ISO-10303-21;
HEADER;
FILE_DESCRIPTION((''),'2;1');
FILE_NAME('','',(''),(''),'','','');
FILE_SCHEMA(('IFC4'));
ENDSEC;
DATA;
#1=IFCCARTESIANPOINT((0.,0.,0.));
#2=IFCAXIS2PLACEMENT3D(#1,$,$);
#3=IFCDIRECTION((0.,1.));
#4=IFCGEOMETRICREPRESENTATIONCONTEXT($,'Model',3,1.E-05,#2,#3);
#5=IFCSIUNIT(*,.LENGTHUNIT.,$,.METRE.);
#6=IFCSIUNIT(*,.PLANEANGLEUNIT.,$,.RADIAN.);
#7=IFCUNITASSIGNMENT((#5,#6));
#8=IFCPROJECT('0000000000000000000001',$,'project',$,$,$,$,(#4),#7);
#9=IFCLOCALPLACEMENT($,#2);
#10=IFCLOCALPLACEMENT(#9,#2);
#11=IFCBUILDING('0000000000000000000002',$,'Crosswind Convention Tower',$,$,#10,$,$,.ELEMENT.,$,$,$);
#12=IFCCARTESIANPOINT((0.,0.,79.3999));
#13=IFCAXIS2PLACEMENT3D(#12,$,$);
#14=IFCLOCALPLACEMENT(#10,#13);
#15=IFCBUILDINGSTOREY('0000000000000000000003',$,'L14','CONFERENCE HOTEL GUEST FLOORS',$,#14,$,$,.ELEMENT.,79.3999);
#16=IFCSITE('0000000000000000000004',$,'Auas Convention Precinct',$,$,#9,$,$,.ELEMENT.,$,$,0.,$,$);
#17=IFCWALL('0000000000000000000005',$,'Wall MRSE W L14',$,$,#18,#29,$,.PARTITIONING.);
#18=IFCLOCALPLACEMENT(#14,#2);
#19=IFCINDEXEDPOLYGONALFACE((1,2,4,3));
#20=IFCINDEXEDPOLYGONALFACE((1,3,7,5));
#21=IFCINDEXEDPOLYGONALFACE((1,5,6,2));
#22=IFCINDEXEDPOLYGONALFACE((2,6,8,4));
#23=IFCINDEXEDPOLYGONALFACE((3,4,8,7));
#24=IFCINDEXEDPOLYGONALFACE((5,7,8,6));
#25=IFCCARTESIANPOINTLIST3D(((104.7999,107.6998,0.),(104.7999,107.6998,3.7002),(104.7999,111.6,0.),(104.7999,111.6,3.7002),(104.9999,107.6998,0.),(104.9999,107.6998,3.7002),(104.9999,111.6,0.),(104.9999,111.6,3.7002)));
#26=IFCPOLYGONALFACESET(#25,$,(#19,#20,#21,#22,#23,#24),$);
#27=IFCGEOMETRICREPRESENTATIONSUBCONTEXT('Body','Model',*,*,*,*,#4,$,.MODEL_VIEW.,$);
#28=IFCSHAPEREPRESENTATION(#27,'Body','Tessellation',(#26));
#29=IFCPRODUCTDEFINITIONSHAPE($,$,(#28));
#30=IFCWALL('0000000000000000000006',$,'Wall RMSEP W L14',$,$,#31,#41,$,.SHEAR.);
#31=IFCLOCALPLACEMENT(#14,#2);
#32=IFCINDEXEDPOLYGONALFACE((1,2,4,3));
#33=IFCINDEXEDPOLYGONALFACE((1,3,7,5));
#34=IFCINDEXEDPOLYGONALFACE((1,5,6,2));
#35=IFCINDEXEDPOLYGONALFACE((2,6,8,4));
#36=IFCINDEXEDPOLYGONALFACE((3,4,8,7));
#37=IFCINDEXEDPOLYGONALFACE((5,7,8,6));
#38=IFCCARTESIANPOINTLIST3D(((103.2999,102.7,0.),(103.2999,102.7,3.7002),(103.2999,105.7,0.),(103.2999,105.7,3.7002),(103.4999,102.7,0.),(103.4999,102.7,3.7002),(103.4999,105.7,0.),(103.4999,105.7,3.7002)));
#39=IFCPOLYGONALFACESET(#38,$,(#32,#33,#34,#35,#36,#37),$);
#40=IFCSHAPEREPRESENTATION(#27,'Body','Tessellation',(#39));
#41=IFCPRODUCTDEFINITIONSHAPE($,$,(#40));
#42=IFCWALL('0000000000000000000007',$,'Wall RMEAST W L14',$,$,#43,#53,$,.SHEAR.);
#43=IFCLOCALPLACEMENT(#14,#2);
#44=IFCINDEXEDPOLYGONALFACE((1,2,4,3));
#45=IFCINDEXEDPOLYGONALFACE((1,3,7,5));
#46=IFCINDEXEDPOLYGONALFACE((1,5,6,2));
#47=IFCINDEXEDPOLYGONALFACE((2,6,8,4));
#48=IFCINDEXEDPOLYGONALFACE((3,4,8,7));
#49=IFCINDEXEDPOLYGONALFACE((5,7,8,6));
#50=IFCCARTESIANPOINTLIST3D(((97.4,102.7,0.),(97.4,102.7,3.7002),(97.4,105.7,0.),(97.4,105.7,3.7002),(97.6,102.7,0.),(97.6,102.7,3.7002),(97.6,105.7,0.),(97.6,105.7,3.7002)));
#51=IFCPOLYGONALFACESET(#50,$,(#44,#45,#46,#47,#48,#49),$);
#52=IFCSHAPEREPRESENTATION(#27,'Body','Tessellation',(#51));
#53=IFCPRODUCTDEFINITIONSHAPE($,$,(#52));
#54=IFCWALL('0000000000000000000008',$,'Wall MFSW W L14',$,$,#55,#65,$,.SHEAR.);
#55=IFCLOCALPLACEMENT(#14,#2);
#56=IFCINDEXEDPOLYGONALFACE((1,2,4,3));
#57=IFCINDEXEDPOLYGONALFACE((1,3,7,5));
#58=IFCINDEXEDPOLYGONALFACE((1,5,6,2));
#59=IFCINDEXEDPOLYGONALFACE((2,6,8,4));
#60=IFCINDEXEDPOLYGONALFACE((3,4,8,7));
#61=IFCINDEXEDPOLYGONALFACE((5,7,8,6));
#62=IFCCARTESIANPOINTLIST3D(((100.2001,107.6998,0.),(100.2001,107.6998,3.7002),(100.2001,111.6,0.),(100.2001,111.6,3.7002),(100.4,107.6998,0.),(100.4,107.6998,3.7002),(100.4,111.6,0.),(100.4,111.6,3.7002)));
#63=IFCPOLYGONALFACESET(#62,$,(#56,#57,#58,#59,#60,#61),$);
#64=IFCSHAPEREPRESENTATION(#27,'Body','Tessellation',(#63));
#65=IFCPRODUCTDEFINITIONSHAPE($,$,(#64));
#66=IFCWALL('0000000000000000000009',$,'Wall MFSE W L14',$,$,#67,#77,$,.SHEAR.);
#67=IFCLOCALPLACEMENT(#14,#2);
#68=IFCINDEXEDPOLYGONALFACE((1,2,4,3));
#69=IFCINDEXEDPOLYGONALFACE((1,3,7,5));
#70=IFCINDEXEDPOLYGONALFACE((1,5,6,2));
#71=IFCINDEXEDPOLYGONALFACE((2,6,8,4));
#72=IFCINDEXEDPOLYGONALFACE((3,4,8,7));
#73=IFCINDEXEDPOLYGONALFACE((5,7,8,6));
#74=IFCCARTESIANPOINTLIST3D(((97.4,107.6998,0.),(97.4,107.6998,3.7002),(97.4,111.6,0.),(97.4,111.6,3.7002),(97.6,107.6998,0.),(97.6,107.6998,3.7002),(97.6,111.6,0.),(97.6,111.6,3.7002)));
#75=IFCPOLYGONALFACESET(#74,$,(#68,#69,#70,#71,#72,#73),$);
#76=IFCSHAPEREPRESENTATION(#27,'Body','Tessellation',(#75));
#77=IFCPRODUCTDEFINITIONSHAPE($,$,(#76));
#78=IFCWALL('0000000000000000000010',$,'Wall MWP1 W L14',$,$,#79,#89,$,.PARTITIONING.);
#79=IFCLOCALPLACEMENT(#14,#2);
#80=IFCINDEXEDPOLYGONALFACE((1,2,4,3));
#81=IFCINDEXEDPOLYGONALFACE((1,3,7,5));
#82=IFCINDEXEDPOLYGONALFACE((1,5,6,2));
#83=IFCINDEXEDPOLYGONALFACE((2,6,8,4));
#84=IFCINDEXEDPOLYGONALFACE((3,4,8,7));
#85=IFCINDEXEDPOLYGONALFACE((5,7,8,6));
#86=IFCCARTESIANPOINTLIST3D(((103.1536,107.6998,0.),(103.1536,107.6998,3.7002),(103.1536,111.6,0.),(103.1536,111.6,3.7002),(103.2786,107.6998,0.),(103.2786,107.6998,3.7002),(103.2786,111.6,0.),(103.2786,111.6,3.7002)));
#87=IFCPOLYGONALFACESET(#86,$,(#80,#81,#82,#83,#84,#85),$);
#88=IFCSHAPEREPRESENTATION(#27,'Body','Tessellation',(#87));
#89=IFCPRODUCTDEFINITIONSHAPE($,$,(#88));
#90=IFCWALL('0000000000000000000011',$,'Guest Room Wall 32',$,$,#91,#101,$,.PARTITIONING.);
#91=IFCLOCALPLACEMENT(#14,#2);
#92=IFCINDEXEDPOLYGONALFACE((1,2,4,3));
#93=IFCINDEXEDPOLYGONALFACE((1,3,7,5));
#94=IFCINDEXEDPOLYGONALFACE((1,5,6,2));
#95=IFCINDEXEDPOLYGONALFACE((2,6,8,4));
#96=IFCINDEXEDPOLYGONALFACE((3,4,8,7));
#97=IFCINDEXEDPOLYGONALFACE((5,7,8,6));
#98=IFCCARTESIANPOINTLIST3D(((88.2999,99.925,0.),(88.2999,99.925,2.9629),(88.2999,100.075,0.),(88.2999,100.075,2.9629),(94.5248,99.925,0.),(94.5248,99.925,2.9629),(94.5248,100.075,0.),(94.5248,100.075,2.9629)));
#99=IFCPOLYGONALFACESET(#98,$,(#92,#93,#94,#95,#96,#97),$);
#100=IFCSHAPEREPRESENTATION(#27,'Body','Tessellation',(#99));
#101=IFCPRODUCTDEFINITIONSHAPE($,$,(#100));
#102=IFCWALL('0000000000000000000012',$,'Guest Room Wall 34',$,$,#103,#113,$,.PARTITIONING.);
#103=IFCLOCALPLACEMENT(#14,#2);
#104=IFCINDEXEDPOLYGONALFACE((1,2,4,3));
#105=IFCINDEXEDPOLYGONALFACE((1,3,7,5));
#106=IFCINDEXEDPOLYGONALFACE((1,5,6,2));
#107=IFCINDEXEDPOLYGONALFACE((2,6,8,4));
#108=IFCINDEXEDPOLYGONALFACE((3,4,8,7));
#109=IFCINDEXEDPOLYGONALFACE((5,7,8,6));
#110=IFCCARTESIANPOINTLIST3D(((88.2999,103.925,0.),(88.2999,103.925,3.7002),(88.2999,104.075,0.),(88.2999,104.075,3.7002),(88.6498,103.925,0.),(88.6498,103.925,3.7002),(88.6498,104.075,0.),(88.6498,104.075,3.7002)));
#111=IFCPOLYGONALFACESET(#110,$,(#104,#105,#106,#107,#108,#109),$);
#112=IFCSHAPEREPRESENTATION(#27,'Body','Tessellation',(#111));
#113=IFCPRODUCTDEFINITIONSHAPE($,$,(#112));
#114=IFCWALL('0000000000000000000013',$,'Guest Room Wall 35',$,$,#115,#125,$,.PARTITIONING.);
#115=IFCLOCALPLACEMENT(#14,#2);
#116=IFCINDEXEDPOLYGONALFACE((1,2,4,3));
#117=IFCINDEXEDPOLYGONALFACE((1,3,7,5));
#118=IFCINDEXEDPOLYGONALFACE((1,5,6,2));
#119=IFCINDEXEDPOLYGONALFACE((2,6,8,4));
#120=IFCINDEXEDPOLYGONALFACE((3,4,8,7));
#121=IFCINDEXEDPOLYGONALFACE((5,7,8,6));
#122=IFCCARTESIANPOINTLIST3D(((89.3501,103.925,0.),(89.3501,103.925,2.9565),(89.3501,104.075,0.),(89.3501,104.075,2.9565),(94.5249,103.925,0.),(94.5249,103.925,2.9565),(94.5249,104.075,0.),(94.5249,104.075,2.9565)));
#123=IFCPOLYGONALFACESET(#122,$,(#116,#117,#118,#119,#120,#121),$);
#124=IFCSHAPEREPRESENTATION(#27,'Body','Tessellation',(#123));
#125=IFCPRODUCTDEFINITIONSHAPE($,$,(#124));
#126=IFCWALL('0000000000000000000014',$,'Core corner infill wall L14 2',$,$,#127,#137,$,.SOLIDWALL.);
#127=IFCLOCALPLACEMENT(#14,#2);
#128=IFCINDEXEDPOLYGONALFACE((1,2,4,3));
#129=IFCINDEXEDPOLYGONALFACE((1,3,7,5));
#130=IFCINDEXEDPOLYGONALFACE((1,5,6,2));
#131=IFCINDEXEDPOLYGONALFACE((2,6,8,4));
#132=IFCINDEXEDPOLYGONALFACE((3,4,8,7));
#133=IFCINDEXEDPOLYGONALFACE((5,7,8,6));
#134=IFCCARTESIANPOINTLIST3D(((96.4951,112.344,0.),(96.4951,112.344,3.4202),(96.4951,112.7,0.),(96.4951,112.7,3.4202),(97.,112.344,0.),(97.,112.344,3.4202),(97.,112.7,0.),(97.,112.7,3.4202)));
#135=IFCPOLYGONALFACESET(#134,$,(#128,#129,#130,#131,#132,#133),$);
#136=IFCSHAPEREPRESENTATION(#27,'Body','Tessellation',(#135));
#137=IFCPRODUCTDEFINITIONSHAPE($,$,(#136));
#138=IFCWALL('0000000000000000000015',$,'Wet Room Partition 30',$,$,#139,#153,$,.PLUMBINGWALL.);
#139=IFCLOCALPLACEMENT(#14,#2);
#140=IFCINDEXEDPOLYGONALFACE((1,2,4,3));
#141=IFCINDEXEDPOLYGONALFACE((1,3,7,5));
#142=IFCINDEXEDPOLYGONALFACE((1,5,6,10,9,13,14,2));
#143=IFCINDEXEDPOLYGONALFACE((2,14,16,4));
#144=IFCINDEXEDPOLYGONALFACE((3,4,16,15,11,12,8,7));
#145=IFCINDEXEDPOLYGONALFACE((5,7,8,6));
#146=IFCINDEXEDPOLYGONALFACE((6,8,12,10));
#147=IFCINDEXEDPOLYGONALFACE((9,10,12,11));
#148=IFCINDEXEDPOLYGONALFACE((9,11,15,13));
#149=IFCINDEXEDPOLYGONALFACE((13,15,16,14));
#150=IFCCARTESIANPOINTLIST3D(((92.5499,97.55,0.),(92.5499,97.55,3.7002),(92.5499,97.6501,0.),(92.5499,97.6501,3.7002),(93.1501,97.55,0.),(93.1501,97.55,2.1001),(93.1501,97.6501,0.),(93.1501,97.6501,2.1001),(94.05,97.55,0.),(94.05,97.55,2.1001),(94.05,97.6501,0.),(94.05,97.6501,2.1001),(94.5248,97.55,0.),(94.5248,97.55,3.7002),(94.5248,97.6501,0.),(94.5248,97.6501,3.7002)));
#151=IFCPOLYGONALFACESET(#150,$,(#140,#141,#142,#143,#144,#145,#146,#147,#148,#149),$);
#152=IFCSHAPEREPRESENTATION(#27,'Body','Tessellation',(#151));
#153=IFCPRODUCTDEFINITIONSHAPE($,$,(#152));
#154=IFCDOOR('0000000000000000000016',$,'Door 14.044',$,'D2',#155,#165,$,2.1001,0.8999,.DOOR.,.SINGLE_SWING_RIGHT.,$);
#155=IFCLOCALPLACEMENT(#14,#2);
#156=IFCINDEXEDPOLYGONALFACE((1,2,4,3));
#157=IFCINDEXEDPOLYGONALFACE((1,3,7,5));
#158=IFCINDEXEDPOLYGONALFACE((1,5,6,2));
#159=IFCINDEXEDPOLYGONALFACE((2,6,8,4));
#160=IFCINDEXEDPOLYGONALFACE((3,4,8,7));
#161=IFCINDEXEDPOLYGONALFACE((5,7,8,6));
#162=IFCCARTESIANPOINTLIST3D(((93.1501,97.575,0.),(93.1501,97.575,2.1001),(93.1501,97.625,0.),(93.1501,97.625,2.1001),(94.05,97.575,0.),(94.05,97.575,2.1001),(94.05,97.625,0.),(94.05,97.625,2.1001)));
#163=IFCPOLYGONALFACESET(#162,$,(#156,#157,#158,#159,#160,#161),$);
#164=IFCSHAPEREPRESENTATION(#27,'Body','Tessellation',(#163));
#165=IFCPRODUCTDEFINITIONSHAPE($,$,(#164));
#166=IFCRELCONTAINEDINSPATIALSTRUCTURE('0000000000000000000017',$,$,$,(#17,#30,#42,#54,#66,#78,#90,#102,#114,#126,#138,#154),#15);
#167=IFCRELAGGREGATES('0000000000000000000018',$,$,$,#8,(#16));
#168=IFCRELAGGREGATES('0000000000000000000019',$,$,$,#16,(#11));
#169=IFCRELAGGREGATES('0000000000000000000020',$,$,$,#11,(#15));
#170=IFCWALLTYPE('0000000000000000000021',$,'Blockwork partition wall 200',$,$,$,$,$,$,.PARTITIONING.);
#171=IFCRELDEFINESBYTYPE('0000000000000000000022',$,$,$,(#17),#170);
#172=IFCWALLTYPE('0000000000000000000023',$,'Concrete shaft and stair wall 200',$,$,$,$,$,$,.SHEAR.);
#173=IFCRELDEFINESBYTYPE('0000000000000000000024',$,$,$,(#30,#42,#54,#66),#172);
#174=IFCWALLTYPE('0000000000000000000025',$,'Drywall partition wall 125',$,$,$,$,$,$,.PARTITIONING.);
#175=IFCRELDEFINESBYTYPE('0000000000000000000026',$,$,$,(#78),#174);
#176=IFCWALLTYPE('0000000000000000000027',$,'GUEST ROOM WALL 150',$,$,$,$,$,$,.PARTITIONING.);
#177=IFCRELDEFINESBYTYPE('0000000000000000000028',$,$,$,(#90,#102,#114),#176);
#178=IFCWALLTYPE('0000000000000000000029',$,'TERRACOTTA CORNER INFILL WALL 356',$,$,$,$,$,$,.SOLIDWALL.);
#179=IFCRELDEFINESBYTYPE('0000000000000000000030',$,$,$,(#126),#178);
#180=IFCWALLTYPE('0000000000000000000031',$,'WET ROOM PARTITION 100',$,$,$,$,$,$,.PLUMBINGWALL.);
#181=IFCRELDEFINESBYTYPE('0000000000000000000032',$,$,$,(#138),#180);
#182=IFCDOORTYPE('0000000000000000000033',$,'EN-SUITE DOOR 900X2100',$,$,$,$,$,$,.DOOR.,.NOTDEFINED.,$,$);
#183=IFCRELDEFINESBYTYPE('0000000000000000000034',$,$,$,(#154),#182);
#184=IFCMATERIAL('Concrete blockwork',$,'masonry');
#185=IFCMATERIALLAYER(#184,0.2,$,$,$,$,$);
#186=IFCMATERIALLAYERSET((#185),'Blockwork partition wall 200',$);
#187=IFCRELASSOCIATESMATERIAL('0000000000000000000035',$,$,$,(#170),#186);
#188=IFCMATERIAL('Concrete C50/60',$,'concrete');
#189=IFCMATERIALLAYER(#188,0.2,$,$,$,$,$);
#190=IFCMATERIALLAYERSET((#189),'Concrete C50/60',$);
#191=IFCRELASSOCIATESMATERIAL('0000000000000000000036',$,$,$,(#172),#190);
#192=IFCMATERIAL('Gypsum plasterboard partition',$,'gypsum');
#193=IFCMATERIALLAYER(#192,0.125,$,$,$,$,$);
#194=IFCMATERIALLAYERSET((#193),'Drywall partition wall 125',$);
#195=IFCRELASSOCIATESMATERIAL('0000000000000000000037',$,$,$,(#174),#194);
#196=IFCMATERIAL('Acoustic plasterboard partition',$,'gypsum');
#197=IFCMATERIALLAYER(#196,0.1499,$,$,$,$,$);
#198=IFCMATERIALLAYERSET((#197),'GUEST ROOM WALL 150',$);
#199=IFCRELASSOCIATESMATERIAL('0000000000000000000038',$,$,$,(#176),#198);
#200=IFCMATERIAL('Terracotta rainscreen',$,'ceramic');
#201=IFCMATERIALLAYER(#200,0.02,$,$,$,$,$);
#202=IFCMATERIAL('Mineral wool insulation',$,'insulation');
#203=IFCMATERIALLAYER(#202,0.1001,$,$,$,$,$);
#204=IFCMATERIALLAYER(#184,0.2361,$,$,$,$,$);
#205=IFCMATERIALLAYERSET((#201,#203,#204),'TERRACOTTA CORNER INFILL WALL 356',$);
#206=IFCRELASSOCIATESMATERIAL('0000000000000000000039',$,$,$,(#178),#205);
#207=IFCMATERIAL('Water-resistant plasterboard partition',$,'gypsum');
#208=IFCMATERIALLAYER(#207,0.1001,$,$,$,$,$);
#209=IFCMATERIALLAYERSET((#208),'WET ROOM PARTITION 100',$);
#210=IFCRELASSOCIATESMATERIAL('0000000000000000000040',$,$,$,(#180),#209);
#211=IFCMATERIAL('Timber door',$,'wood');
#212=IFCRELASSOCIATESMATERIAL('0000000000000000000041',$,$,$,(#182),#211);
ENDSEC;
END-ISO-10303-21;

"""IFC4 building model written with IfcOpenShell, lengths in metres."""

from ifc_helpers import new_model, si_unit, direction, frame, frame_2d, origin, place, context, subcontext, project, spatial, rectangle, extrude, material, layer, layer_set, type_object, element, fill, save


model = new_model("IFC4")

# Units and contexts
model_context = context("Model", 3, precision=1e-05, world=origin(), true_north=direction((0.0, 1.0)))
body_context = subcontext(model_context, "Body", "Model", "MODEL_VIEW")
ifc_project = project(units=[si_unit("LENGTHUNIT", "METRE"), si_unit("PLANEANGLEUNIT", "RADIAN")], contexts=[model_context])

# Site, building, storey
site_placement = place(None, origin())
site = spatial("IfcSite", under=ifc_project, at=site_placement, Name="Auas Convention Precinct", CompositionType="ELEMENT", RefElevation=0.0)
building_placement = place(site_placement, origin())
building = spatial("IfcBuilding", under=site, at=building_placement, Name="Crosswind Convention Tower", CompositionType="ELEMENT")
storey_placement = place(building_placement, frame((0.0, 0.0, 79.3999)))
storey = spatial("IfcBuildingStorey", under=building, at=storey_placement, Name="L14", Description="CONFERENCE HOTEL GUEST FLOORS", CompositionType="ELEMENT", Elevation=79.3999)

# Wall
ifc_material_1 = material(Name="Concrete blockwork", Category="masonry")
ifc_layer_1 = layer(ifc_material_1, 0.2)
ifc_layer_set_1 = layer_set([ifc_layer_1], Name="Blockwork partition wall 200")
wall_type_1 = type_object("IfcWallType", Name="Blockwork partition wall 200", PredefinedType="PARTITIONING", material=ifc_layer_set_1)
wall_1_placement = place(storey_placement, frame((104.8999, 111.6001, 0.0), z_axis=(0.0, 0.0, 1.0), x_axis=(0.0, -1.0, 0.0)))
element("IfcWall", 1, at=wall_1_placement, inside=storey, type_object=wall_type_1, Name="Wall MRSE W L14", PredefinedType="PARTITIONING", context=body_context, shape_type="SweptSolid", body=[
    extrude(rectangle(XDim=3.9001, YDim=0.2, at=frame_2d((1.9502, 0.0))), origin(), (0.0, 0.0, 1.0), 3.7002),
])

# Walls
ifc_material_2 = material(Name="Concrete C50/60", Category="concrete")
ifc_layer_2 = layer(ifc_material_2, 0.2)
ifc_layer_set_2 = layer_set([ifc_layer_2], Name="Concrete C50/60")
wall_type_2 = type_object("IfcWallType", Name="Concrete shaft and stair wall 200", PredefinedType="SHEAR", material=ifc_layer_set_2)
for number, where, z_axis, x_axis, name in (
    (2, (103.3999, 105.7, 0.0), (0.0, 0.0, 1.0), (0.0, -1.0, 0.0), "Wall RMSEP W L14"),
    (3, (97.5, 105.7, 0.0), (0.0, 0.0, 1.0), (0.0, -1.0, 0.0), "Wall RMEAST W L14"),
):
    element("IfcWall", number, at=place(storey_placement, frame(where, z_axis=z_axis, x_axis=x_axis)), inside=storey, type_object=wall_type_2, Name=name, PredefinedType="SHEAR", context=body_context, shape_type="SweptSolid", body=[
        extrude(rectangle(XDim=3.0, YDim=0.2, at=frame_2d((1.5, 0.0))), origin(), (0.0, 0.0, 1.0), 3.7002),
    ])
for number, where, z_axis, x_axis, name in (
    (4, (100.3, 111.6001, 0.0), (0.0, 0.0, 1.0), (0.0, -1.0, 0.0), "Wall MFSW W L14"),
    (5, (97.5, 111.6001, 0.0), (0.0, 0.0, 1.0), (0.0, -1.0, 0.0), "Wall MFSE W L14"),
):
    element("IfcWall", number, at=place(storey_placement, frame(where, z_axis=z_axis, x_axis=x_axis)), inside=storey, type_object=wall_type_2, Name=name, PredefinedType="SHEAR", context=body_context, shape_type="SweptSolid", body=[
        extrude(rectangle(XDim=3.9001, YDim=0.2, at=frame_2d((1.9502, 0.0))), origin(), (0.0, 0.0, 1.0), 3.7002),
    ])
ifc_material_3 = material(Name="Gypsum plasterboard partition", Category="gypsum")
ifc_layer_3 = layer(ifc_material_3, 0.125)
ifc_layer_set_3 = layer_set([ifc_layer_3], Name="Drywall partition wall 125")
wall_type_3 = type_object("IfcWallType", Name="Drywall partition wall 125", PredefinedType="PARTITIONING", material=ifc_layer_set_3)
wall_2_placement = place(storey_placement, frame((103.2161, 111.6001, 0.0), z_axis=(0.0, 0.0, 1.0), x_axis=(0.0, -1.0, 0.0)))
element("IfcWall", 6, at=wall_2_placement, inside=storey, type_object=wall_type_3, Name="Wall MWP1 W L14", PredefinedType="PARTITIONING", context=body_context, shape_type="SweptSolid", body=[
    extrude(rectangle(XDim=3.9001, YDim=0.125, at=frame_2d((1.9502, 0.0))), origin(), (0.0, 0.0, 1.0), 3.7002),
])
ifc_material_4 = material(Name="Acoustic plasterboard partition", Category="gypsum")
ifc_layer_4 = layer(ifc_material_4, 0.1499)
ifc_layer_set_4 = layer_set([ifc_layer_4], Name="GUEST ROOM WALL 150")
wall_type_4 = type_object("IfcWallType", Name="GUEST ROOM WALL 150", PredefinedType="PARTITIONING", material=ifc_layer_set_4)
wall_3_placement = place(storey_placement, frame((88.3, 100.0, 0.0), z_axis=(0.0, 0.0, 1.0), x_axis=(1.0, 0.0, 0.0)))
element("IfcWall", 7, at=wall_3_placement, inside=storey, type_object=wall_type_4, Name="Guest Room Wall 32", PredefinedType="PARTITIONING", context=body_context, shape_type="SweptSolid", body=[
    extrude(rectangle(XDim=6.2249, YDim=0.1499, at=frame_2d((3.1123, 0.0))), origin(), (0.0, 0.0, 1.0), 2.9629),
])
wall_4_placement = place(storey_placement, frame((88.3, 104.0, 0.0), z_axis=(0.0, 0.0, 1.0), x_axis=(1.0, 0.0, 0.0)))
element("IfcWall", 8, at=wall_4_placement, inside=storey, type_object=wall_type_4, Name="Guest Room Wall 34", PredefinedType="PARTITIONING", context=body_context, shape_type="SweptSolid", body=[
    extrude(rectangle(XDim=0.3499, YDim=0.1499, at=frame_2d((0.1748, 0.0))), origin(), (0.0, 0.0, 1.0), 3.7002),
])
wall_5_placement = place(storey_placement, frame((89.3501, 104.0, 0.0), z_axis=(0.0, 0.0, 1.0), x_axis=(1.0, 0.0, 0.0)))
element("IfcWall", 9, at=wall_5_placement, inside=storey, type_object=wall_type_4, Name="Guest Room Wall 35", PredefinedType="PARTITIONING", context=body_context, shape_type="SweptSolid", body=[
    extrude(rectangle(XDim=5.1748, YDim=0.1499, at=frame_2d((2.5874, 0.0))), origin(), (0.0, 0.0, 1.0), 2.9565),
])

# Wall
ifc_material_5 = material(Name="Terracotta rainscreen", Category="ceramic")
ifc_layer_5 = layer(ifc_material_5, 0.02)
ifc_material_6 = material(Name="Mineral wool insulation", Category="insulation")
ifc_layer_6 = layer(ifc_material_6, 0.1001)
ifc_layer_7 = layer(ifc_material_1, 0.2361)
ifc_layer_set_5 = layer_set([ifc_layer_5, ifc_layer_6, ifc_layer_7], Name="TERRACOTTA CORNER INFILL WALL 356")
wall_type_5 = type_object("IfcWallType", Name="TERRACOTTA CORNER INFILL WALL 356", PredefinedType="SOLIDWALL", material=ifc_layer_set_5)
wall_6_placement = place(storey_placement, frame((96.4951, 112.522, 0.0), z_axis=(0.0, 0.0, 1.0), x_axis=(1.0, 0.0, 0.0)))
element("IfcWall", 10, at=wall_6_placement, inside=storey, type_object=wall_type_5, Name="Core corner infill wall L14 2", PredefinedType="SOLIDWALL", context=body_context, shape_type="SweptSolid", body=[
    extrude(rectangle(XDim=0.5049, YDim=0.356, at=frame_2d((0.2524, 0.0))), origin(), (0.0, 0.0, 1.0), 3.4202),
])

# Wall, opening, door
ifc_material_7 = material(Name="Water-resistant plasterboard partition", Category="gypsum")
ifc_layer_8 = layer(ifc_material_7, 0.1001)
ifc_layer_set_6 = layer_set([ifc_layer_8], Name="WET ROOM PARTITION 100")
wall_type_6 = type_object("IfcWallType", Name="WET ROOM PARTITION 100", PredefinedType="PLUMBINGWALL", material=ifc_layer_set_6)
wall_7_placement = place(storey_placement, frame((92.55, 97.6001, 0.0), z_axis=(0.0, 0.0, 1.0), x_axis=(1.0, 0.0, 0.0)))
wall_7 = element("IfcWall", 11, at=wall_7_placement, inside=storey, type_object=wall_type_6, Name="Wet Room Partition 30", PredefinedType="PLUMBINGWALL", context=body_context, shape_type="SweptSolid", body=[
    extrude(rectangle(XDim=1.9749, YDim=0.1001, at=frame_2d((0.9873, 0.0))), origin(), (0.0, 0.0, 1.0), 3.7002),
])
opening_1_placement = place(wall_7_placement, frame((0.6001, 0.0, 0.0)))
opening_1 = element("IfcOpeningElement", 12, at=opening_1_placement, cuts=wall_7, PredefinedType="OPENING", context=body_context, shape_type="SweptSolid", body=[
    extrude(rectangle(XDim=0.8999, YDim=2.1001, at=frame_2d((0.45, 1.05))), frame((0.0, 0.0601, 0.0), z_axis=(0.0, -1.0, 0.0), x_axis=(1.0, 0.0, 0.0)), (0.0, 0.0, 1.0), 0.1201),
])
ifc_material_8 = material(Name="Timber door", Category="wood")
door_type_1 = type_object("IfcDoorType", Name="EN-SUITE DOOR 900X2100", OperationType="NOTDEFINED", PredefinedType="DOOR", material=ifc_material_8)
door_1_placement = place(opening_1_placement, origin())
door_1 = element("IfcDoor", 13, at=door_1_placement, inside=storey, type_object=door_type_1, Name="Door 14.044", ObjectType="D2", OperationType="SINGLE_SWING_RIGHT", OverallHeight=2.1001, OverallWidth=0.8999, PredefinedType="DOOR", context=body_context, shape_type="SweptSolid", body=[
    extrude(rectangle(XDim=0.8999, YDim=2.1001, at=frame_2d((0.45, 1.05))), frame((0.0, 0.0249, 0.0), z_axis=(0.0, -1.0, 0.0), x_axis=(1.0, 0.0, 0.0)), (0.0, 0.0, 1.0), 0.05),
])
fill(opening_1, door_1)

save(model, "model.ifc")
